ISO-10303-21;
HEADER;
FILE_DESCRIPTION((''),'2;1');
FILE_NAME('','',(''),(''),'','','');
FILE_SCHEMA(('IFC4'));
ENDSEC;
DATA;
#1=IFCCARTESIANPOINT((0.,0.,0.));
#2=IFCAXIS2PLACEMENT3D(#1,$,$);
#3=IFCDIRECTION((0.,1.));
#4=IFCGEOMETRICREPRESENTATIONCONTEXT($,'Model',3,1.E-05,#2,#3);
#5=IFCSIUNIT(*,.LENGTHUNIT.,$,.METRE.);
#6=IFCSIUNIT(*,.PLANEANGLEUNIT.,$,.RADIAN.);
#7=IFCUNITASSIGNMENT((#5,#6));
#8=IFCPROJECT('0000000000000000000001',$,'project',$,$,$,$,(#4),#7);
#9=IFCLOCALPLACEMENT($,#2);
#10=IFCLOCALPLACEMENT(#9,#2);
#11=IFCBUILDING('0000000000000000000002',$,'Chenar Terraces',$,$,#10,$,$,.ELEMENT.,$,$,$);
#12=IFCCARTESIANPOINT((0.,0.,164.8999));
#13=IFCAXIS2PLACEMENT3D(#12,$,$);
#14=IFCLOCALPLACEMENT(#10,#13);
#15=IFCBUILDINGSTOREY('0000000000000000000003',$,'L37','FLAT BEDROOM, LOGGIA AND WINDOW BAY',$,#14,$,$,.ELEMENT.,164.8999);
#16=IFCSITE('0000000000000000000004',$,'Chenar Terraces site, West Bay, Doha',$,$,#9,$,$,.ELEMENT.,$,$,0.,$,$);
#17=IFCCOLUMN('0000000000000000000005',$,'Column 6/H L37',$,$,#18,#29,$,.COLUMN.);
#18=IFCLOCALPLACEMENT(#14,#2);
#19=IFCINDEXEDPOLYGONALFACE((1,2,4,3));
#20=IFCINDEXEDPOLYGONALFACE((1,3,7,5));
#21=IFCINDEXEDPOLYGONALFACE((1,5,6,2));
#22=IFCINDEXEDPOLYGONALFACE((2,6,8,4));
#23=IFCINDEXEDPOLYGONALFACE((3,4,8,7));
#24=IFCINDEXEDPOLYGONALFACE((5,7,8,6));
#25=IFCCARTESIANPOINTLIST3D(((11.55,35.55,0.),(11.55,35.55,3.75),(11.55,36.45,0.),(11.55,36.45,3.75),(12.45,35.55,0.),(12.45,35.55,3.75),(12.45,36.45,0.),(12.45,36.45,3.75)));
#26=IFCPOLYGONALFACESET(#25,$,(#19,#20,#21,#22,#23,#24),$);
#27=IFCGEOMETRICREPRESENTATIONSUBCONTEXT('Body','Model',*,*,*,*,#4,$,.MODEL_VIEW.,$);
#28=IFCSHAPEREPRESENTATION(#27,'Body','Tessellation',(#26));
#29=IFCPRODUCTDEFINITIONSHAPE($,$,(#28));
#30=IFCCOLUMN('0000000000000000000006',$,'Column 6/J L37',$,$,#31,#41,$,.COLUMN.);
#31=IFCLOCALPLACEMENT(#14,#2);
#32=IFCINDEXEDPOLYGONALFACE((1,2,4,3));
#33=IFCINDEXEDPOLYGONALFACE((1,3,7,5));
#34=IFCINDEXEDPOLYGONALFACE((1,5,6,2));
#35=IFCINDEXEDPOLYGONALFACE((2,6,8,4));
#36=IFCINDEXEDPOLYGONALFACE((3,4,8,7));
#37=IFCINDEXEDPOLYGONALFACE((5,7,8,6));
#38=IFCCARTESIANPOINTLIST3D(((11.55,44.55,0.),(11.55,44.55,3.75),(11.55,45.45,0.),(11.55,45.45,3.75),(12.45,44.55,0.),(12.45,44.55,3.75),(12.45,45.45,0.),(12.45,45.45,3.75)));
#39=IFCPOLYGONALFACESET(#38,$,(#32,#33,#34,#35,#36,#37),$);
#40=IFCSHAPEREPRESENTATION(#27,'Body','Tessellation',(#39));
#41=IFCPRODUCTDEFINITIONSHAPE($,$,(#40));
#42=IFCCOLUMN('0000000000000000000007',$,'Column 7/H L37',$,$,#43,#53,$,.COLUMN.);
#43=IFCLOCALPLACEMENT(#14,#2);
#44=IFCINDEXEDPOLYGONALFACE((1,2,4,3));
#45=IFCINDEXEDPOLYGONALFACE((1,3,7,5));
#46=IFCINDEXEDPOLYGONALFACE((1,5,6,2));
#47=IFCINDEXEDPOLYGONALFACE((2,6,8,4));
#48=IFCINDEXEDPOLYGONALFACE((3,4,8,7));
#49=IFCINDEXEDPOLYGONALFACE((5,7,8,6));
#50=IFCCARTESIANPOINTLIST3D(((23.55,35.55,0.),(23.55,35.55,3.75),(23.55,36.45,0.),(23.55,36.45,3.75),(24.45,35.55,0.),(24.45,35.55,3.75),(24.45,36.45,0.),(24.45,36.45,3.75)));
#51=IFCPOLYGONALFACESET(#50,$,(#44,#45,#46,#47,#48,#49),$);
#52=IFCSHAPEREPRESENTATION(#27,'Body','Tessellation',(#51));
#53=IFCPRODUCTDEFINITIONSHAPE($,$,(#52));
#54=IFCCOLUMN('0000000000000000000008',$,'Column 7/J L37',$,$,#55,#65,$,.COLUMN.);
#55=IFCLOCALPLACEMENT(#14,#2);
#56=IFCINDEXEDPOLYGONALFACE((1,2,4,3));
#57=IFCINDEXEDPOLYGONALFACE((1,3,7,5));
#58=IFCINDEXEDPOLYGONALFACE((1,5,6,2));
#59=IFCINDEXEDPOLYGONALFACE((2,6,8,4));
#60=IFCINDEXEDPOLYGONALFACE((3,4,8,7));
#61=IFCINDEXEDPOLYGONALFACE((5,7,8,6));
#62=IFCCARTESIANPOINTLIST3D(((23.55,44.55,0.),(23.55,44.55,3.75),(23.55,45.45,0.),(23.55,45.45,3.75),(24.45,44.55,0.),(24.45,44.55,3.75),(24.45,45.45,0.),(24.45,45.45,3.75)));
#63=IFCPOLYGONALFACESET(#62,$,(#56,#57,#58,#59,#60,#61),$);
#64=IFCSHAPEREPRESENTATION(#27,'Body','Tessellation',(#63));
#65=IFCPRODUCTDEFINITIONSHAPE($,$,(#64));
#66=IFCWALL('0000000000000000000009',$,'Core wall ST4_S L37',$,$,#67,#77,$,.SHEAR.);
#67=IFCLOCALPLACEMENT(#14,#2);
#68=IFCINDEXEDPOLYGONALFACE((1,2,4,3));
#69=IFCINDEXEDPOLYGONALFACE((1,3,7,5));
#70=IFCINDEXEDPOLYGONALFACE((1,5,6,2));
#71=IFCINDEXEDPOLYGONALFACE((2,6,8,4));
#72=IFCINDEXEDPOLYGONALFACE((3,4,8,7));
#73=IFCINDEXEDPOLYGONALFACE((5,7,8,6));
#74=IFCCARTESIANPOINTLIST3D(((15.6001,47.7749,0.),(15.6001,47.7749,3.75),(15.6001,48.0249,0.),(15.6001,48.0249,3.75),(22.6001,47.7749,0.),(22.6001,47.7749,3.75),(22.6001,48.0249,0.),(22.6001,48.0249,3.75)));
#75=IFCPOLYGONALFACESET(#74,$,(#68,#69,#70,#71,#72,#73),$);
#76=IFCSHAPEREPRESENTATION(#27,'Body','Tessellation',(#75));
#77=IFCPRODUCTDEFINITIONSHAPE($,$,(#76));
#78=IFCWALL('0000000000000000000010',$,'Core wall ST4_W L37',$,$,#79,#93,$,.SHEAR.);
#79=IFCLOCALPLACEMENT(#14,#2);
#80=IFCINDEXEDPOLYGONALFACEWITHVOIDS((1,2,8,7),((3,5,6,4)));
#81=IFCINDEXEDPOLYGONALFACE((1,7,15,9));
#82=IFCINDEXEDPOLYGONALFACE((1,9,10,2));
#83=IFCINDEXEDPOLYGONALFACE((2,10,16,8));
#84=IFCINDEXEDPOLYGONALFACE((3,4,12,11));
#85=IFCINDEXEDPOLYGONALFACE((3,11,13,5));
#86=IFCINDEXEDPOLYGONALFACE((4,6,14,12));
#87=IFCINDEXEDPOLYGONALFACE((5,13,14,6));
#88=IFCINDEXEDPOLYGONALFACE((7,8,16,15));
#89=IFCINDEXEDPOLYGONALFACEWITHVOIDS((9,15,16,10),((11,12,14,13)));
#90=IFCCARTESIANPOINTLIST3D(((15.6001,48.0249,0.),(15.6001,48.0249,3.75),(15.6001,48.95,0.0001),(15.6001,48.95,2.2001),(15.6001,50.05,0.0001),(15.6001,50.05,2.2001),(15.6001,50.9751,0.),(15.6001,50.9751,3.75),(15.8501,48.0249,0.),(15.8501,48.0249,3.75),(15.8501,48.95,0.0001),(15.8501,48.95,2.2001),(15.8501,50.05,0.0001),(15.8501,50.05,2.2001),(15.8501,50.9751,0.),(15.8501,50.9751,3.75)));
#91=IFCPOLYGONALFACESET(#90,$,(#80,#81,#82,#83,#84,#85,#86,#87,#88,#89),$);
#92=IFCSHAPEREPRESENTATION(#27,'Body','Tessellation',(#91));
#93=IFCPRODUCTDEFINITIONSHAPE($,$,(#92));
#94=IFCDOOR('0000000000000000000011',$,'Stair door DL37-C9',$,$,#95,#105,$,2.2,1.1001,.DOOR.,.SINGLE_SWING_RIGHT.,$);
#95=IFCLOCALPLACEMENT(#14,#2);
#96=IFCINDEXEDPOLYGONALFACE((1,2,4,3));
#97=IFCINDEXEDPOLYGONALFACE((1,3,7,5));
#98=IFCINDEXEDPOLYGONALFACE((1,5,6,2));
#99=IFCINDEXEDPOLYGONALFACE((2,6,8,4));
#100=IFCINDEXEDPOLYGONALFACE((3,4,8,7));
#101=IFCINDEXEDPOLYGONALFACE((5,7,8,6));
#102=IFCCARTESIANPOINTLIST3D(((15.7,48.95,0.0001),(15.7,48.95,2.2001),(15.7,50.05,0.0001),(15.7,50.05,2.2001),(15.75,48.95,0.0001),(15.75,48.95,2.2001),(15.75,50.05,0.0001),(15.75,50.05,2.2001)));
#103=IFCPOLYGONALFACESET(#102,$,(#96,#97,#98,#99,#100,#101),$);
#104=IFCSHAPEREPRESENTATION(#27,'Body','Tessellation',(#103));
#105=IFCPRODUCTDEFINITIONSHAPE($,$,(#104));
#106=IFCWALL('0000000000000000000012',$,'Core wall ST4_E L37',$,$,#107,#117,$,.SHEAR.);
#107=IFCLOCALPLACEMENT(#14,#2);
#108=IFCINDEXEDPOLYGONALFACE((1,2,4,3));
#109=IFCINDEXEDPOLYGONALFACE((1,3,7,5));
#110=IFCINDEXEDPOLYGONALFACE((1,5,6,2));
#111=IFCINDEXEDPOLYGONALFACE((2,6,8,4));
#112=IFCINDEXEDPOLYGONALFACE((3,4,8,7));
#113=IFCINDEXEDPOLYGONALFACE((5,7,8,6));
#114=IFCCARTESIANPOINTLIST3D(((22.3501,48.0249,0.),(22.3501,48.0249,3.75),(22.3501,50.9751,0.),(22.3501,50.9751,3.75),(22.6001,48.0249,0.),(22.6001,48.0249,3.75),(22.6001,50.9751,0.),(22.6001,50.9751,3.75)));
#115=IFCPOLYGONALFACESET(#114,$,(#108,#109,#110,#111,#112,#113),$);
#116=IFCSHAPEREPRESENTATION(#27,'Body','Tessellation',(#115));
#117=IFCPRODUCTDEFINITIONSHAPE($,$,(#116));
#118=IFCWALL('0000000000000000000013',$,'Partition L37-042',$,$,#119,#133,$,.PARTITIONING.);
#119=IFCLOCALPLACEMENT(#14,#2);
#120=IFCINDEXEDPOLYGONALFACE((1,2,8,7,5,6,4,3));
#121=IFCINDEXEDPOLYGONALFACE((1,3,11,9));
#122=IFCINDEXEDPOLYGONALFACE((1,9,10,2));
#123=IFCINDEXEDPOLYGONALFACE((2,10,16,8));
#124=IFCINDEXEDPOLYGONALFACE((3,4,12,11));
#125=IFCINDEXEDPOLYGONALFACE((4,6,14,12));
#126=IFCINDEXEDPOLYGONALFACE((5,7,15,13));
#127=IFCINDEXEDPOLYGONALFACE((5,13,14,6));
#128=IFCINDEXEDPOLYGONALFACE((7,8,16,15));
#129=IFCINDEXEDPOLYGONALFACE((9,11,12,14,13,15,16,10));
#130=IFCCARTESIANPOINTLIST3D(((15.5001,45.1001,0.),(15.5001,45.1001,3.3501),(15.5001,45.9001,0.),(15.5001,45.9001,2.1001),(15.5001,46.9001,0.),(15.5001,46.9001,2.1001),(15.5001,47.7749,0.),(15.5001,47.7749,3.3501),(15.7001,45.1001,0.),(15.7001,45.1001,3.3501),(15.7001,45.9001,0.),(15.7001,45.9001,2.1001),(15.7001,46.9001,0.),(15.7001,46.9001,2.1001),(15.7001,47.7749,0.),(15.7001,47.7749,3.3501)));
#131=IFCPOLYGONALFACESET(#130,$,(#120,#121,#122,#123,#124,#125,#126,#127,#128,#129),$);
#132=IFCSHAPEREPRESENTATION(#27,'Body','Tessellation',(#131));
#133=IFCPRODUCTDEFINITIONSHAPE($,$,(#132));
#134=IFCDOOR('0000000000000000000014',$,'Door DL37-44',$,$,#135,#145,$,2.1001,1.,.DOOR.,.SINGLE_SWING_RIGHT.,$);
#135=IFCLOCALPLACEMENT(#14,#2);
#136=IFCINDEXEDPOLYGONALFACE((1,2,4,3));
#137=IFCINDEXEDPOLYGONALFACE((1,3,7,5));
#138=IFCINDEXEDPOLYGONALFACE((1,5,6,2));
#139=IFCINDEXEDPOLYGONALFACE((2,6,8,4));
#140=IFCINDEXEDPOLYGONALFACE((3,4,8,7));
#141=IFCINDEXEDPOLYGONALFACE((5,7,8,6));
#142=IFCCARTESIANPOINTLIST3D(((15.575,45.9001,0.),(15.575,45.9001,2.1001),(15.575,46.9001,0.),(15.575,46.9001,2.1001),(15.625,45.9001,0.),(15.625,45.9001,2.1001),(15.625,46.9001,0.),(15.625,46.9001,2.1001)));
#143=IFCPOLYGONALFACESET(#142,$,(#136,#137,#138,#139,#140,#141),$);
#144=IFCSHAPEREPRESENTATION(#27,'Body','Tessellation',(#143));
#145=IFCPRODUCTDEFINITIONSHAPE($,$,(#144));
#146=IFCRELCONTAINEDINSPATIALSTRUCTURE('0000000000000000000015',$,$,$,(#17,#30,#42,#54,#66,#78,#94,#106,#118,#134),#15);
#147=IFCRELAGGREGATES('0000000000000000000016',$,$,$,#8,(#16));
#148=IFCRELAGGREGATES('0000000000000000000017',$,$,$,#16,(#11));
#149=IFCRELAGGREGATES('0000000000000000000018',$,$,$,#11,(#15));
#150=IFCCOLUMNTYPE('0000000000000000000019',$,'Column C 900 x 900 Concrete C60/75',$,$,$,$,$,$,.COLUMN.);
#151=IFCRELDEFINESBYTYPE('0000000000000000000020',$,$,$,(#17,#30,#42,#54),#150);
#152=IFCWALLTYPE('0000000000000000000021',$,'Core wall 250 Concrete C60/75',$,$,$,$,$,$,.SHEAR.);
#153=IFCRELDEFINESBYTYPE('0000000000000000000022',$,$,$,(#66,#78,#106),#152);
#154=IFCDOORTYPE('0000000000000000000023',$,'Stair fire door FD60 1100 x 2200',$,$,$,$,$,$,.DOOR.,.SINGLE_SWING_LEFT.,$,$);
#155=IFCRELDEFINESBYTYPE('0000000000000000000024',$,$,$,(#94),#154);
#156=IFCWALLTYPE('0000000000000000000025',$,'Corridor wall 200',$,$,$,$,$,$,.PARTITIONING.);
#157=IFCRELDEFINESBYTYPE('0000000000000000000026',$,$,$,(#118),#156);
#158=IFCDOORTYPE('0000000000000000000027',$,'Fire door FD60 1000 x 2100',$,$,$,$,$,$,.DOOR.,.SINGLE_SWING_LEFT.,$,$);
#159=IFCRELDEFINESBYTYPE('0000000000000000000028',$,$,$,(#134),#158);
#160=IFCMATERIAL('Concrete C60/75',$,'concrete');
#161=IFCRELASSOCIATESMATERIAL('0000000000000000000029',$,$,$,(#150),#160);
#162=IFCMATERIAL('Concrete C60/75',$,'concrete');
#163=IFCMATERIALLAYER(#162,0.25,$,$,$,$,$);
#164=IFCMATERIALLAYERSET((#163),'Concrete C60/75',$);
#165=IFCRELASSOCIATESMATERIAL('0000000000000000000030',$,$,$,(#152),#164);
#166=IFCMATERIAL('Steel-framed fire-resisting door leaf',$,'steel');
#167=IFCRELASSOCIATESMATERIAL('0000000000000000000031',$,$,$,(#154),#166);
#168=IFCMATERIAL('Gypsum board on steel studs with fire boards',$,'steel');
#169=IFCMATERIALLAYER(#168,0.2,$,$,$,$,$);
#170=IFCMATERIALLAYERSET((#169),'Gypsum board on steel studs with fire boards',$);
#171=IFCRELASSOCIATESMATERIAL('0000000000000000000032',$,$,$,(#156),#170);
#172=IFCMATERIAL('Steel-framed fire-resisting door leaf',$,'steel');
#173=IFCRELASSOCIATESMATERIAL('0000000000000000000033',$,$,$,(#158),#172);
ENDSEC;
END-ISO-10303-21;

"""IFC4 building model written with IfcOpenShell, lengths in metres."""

from ifc_helpers import new_model, si_unit, direction, frame, frame_2d, origin, origin_2d, place, context, subcontext, project, spatial, rectangle, extrude, material, layer, layer_set, material_profile, profile_set, type_object, element, fill, save


model = new_model("IFC4")

# Units and contexts
model_context = context("Model", 3, precision=1e-05, world=origin(), true_north=direction((0.0, 1.0)))
body_context = subcontext(model_context, "Body", "Model", "MODEL_VIEW")
ifc_project = project(units=[si_unit("LENGTHUNIT", "METRE"), si_unit("PLANEANGLEUNIT", "RADIAN")], contexts=[model_context])

# Site, building, storey
site_placement = place(None, origin())
site = spatial("IfcSite", under=ifc_project, at=site_placement, Name="Chenar Terraces site, West Bay, Doha", CompositionType="ELEMENT", RefElevation=0.0)
building_placement = place(site_placement, origin())
building = spatial("IfcBuilding", under=site, at=building_placement, Name="Chenar Terraces", CompositionType="ELEMENT")
storey_placement = place(building_placement, frame((0.0, 0.0, 164.8999)))
storey = spatial("IfcBuildingStorey", under=building, at=storey_placement, Name="L37", Description="FLAT BEDROOM, LOGGIA AND WINDOW BAY", CompositionType="ELEMENT", Elevation=164.8999)

# Columns
ifc_material_1 = material(Name="Concrete C60/75", Category="concrete")
ifc_material_profile = material_profile(ifc_material_1, rectangle(XDim=0.8999, YDim=0.8999, at=origin_2d()), Name="C 900 x 900")
ifc_profile_set = profile_set([ifc_material_profile], Name="Concrete C60/75")
column_type = type_object("IfcColumnType", Name="Column C 900 x 900 Concrete C60/75", PredefinedType="COLUMN", material=ifc_profile_set)
for number, where, z_axis, x_axis, name in (
    (1, (12.0, 36.0, 0.0), (0.0, 0.0, 1.0), (1.0, 0.0, 0.0), "Column 6/H L37"),
    (2, (12.0, 45.0, 0.0), (0.0, 0.0, 1.0), (1.0, 0.0, 0.0), "Column 6/J L37"),
    (3, (24.0, 36.0, 0.0), (0.0, 0.0, 1.0), (1.0, 0.0, 0.0), "Column 7/H L37"),
    (4, (24.0, 45.0, 0.0), (0.0, 0.0, 1.0), (1.0, 0.0, 0.0), "Column 7/J L37"),
):
    element("IfcColumn", number, at=place(storey_placement, frame(where, z_axis=z_axis, x_axis=x_axis)), inside=storey, type_object=column_type, Name=name, PredefinedType="COLUMN", context=body_context, shape_type="SweptSolid", body=[
        extrude(rectangle(XDim=0.8999, YDim=0.8999, at=origin_2d()), origin(), (0.0, 0.0, 1.0), 3.75),
    ])

# Wall
ifc_material_2 = material(Name="Concrete C60/75", Category="concrete")
ifc_layer_1 = layer(ifc_material_2, 0.25)
ifc_layer_set_1 = layer_set([ifc_layer_1], Name="Concrete C60/75")
wall_type_1 = type_object("IfcWallType", Name="Core wall 250 Concrete C60/75", PredefinedType="SHEAR", material=ifc_layer_set_1)
wall_1_placement = place(storey_placement, frame((15.6001, 47.8999, 0.0), z_axis=(0.0, 0.0, 1.0), x_axis=(1.0, 0.0, 0.0)))
element("IfcWall", 5, at=wall_1_placement, inside=storey, type_object=wall_type_1, Name="Core wall ST4_S L37", PredefinedType="SHEAR", context=body_context, shape_type="SweptSolid", body=[
    extrude(rectangle(XDim=7.0, YDim=0.25, at=frame_2d((3.5, 0.0))), origin(), (0.0, 0.0, 1.0), 3.75),
])

# Wall, opening, door
wall_2_placement = place(storey_placement, frame((15.7251, 48.0249, 0.0), z_axis=(0.0, 0.0, 1.0), x_axis=(0.0, 1.0, 0.0)))
wall_2 = element("IfcWall", 6, at=wall_2_placement, inside=storey, type_object=wall_type_1, Name="Core wall ST4_W L37", PredefinedType="SHEAR", context=body_context, shape_type="SweptSolid", body=[
    extrude(rectangle(XDim=2.9502, YDim=0.25, at=frame_2d((1.4751, 0.0))), origin(), (0.0, 0.0, 1.0), 3.75),
])
opening_1_placement = place(wall_2_placement, frame((0.925, 0.0, 0.0)))
opening_1 = element("IfcOpeningElement", 7, at=opening_1_placement, cuts=wall_2, PredefinedType="OPENING", context=body_context, shape_type="SweptSolid", body=[
    extrude(rectangle(XDim=1.1001, YDim=2.2, at=frame_2d((0.55, 1.1001))), frame((0.0, 0.135, 0.0), z_axis=(0.0, -1.0, 0.0), x_axis=(1.0, 0.0, 0.0)), (0.0, 0.0, 1.0), 0.27),
])
ifc_material_3 = material(Name="Steel-framed fire-resisting door leaf", Category="steel")
door_type_1 = type_object("IfcDoorType", Name="Stair fire door FD60 1100 x 2200", OperationType="SINGLE_SWING_LEFT", PredefinedType="DOOR", material=ifc_material_3)
door_1_placement = place(opening_1_placement, frame((1.1001, 0.0, 0.0), z_axis=(0.0, 0.0, 1.0), x_axis=(-1.0, 0.0, 0.0)))
door_1 = element("IfcDoor", 8, at=door_1_placement, inside=storey, type_object=door_type_1, Name="Stair door DL37-C9", OperationType="SINGLE_SWING_RIGHT", OverallHeight=2.2, OverallWidth=1.1001, PredefinedType="DOOR", context=body_context, shape_type="SweptSolid", body=[
    extrude(rectangle(XDim=1.1001, YDim=2.2, at=frame_2d((0.55, 1.1001))), frame((0.0, 0.0249, 0.0), z_axis=(0.0, -1.0, 0.0), x_axis=(1.0, 0.0, 0.0)), (0.0, 0.0, 1.0), 0.05),
])
fill(opening_1, door_1)

# Wall
wall_3_placement = place(storey_placement, frame((22.4751, 48.0249, 0.0), z_axis=(0.0, 0.0, 1.0), x_axis=(0.0, 1.0, 0.0)))
element("IfcWall", 9, at=wall_3_placement, inside=storey, type_object=wall_type_1, Name="Core wall ST4_E L37", PredefinedType="SHEAR", context=body_context, shape_type="SweptSolid", body=[
    extrude(rectangle(XDim=2.9502, YDim=0.25, at=frame_2d((1.4751, 0.0))), origin(), (0.0, 0.0, 1.0), 3.75),
])

# Wall, opening, door
ifc_material_4 = material(Name="Gypsum board on steel studs with fire boards", Category="steel")
ifc_layer_2 = layer(ifc_material_4, 0.2)
ifc_layer_set_2 = layer_set([ifc_layer_2], Name="Gypsum board on steel studs with fire boards")
wall_type_2 = type_object("IfcWallType", Name="Corridor wall 200", PredefinedType="PARTITIONING", material=ifc_layer_set_2)
wall_4_placement = place(storey_placement, frame((15.6001, 45.1001, 0.0), z_axis=(0.0, 0.0, 1.0), x_axis=(0.0, 1.0, 0.0)))
wall_4 = element("IfcWall", 10, at=wall_4_placement, inside=storey, type_object=wall_type_2, Name="Partition L37-042", PredefinedType="PARTITIONING", context=body_context, shape_type="SweptSolid", body=[
    extrude(rectangle(XDim=2.6748, YDim=0.2, at=frame_2d((1.3374, 0.0))), origin(), (0.0, 0.0, 1.0), 3.3501),
])
opening_2_placement = place(wall_4_placement, frame((0.8, 0.0, 0.0)))
opening_2 = element("IfcOpeningElement", 11, at=opening_2_placement, cuts=wall_4, PredefinedType="OPENING", context=body_context, shape_type="SweptSolid", body=[
    extrude(rectangle(XDim=1.0, YDim=2.1001, at=frame_2d((0.5, 1.05))), frame((0.0, 0.1099, 0.0), z_axis=(0.0, -1.0, 0.0), x_axis=(1.0, 0.0, 0.0)), (0.0, 0.0, 1.0), 0.22),
])
ifc_material_5 = material(Name="Steel-framed fire-resisting door leaf", Category="steel")
door_type_2 = type_object("IfcDoorType", Name="Fire door FD60 1000 x 2100", OperationType="SINGLE_SWING_LEFT", PredefinedType="DOOR", material=ifc_material_5)
door_2_placement = place(opening_2_placement, frame((1.0, 0.0, 0.0), z_axis=(0.0, 0.0, 1.0), x_axis=(-1.0, 0.0, 0.0)))
door_2 = element("IfcDoor", 12, at=door_2_placement, inside=storey, type_object=door_type_2, Name="Door DL37-44", OperationType="SINGLE_SWING_RIGHT", OverallHeight=2.1001, OverallWidth=1.0, PredefinedType="DOOR", context=body_context, shape_type="SweptSolid", body=[
    extrude(rectangle(XDim=1.0, YDim=2.1001, at=frame_2d((0.5, 1.05))), frame((0.0, 0.0249, 0.0), z_axis=(0.0, -1.0, 0.0), x_axis=(1.0, 0.0, 0.0)), (0.0, 0.0, 1.0), 0.05),
])
fill(opening_2, door_2)

save(model, "model.ifc")
